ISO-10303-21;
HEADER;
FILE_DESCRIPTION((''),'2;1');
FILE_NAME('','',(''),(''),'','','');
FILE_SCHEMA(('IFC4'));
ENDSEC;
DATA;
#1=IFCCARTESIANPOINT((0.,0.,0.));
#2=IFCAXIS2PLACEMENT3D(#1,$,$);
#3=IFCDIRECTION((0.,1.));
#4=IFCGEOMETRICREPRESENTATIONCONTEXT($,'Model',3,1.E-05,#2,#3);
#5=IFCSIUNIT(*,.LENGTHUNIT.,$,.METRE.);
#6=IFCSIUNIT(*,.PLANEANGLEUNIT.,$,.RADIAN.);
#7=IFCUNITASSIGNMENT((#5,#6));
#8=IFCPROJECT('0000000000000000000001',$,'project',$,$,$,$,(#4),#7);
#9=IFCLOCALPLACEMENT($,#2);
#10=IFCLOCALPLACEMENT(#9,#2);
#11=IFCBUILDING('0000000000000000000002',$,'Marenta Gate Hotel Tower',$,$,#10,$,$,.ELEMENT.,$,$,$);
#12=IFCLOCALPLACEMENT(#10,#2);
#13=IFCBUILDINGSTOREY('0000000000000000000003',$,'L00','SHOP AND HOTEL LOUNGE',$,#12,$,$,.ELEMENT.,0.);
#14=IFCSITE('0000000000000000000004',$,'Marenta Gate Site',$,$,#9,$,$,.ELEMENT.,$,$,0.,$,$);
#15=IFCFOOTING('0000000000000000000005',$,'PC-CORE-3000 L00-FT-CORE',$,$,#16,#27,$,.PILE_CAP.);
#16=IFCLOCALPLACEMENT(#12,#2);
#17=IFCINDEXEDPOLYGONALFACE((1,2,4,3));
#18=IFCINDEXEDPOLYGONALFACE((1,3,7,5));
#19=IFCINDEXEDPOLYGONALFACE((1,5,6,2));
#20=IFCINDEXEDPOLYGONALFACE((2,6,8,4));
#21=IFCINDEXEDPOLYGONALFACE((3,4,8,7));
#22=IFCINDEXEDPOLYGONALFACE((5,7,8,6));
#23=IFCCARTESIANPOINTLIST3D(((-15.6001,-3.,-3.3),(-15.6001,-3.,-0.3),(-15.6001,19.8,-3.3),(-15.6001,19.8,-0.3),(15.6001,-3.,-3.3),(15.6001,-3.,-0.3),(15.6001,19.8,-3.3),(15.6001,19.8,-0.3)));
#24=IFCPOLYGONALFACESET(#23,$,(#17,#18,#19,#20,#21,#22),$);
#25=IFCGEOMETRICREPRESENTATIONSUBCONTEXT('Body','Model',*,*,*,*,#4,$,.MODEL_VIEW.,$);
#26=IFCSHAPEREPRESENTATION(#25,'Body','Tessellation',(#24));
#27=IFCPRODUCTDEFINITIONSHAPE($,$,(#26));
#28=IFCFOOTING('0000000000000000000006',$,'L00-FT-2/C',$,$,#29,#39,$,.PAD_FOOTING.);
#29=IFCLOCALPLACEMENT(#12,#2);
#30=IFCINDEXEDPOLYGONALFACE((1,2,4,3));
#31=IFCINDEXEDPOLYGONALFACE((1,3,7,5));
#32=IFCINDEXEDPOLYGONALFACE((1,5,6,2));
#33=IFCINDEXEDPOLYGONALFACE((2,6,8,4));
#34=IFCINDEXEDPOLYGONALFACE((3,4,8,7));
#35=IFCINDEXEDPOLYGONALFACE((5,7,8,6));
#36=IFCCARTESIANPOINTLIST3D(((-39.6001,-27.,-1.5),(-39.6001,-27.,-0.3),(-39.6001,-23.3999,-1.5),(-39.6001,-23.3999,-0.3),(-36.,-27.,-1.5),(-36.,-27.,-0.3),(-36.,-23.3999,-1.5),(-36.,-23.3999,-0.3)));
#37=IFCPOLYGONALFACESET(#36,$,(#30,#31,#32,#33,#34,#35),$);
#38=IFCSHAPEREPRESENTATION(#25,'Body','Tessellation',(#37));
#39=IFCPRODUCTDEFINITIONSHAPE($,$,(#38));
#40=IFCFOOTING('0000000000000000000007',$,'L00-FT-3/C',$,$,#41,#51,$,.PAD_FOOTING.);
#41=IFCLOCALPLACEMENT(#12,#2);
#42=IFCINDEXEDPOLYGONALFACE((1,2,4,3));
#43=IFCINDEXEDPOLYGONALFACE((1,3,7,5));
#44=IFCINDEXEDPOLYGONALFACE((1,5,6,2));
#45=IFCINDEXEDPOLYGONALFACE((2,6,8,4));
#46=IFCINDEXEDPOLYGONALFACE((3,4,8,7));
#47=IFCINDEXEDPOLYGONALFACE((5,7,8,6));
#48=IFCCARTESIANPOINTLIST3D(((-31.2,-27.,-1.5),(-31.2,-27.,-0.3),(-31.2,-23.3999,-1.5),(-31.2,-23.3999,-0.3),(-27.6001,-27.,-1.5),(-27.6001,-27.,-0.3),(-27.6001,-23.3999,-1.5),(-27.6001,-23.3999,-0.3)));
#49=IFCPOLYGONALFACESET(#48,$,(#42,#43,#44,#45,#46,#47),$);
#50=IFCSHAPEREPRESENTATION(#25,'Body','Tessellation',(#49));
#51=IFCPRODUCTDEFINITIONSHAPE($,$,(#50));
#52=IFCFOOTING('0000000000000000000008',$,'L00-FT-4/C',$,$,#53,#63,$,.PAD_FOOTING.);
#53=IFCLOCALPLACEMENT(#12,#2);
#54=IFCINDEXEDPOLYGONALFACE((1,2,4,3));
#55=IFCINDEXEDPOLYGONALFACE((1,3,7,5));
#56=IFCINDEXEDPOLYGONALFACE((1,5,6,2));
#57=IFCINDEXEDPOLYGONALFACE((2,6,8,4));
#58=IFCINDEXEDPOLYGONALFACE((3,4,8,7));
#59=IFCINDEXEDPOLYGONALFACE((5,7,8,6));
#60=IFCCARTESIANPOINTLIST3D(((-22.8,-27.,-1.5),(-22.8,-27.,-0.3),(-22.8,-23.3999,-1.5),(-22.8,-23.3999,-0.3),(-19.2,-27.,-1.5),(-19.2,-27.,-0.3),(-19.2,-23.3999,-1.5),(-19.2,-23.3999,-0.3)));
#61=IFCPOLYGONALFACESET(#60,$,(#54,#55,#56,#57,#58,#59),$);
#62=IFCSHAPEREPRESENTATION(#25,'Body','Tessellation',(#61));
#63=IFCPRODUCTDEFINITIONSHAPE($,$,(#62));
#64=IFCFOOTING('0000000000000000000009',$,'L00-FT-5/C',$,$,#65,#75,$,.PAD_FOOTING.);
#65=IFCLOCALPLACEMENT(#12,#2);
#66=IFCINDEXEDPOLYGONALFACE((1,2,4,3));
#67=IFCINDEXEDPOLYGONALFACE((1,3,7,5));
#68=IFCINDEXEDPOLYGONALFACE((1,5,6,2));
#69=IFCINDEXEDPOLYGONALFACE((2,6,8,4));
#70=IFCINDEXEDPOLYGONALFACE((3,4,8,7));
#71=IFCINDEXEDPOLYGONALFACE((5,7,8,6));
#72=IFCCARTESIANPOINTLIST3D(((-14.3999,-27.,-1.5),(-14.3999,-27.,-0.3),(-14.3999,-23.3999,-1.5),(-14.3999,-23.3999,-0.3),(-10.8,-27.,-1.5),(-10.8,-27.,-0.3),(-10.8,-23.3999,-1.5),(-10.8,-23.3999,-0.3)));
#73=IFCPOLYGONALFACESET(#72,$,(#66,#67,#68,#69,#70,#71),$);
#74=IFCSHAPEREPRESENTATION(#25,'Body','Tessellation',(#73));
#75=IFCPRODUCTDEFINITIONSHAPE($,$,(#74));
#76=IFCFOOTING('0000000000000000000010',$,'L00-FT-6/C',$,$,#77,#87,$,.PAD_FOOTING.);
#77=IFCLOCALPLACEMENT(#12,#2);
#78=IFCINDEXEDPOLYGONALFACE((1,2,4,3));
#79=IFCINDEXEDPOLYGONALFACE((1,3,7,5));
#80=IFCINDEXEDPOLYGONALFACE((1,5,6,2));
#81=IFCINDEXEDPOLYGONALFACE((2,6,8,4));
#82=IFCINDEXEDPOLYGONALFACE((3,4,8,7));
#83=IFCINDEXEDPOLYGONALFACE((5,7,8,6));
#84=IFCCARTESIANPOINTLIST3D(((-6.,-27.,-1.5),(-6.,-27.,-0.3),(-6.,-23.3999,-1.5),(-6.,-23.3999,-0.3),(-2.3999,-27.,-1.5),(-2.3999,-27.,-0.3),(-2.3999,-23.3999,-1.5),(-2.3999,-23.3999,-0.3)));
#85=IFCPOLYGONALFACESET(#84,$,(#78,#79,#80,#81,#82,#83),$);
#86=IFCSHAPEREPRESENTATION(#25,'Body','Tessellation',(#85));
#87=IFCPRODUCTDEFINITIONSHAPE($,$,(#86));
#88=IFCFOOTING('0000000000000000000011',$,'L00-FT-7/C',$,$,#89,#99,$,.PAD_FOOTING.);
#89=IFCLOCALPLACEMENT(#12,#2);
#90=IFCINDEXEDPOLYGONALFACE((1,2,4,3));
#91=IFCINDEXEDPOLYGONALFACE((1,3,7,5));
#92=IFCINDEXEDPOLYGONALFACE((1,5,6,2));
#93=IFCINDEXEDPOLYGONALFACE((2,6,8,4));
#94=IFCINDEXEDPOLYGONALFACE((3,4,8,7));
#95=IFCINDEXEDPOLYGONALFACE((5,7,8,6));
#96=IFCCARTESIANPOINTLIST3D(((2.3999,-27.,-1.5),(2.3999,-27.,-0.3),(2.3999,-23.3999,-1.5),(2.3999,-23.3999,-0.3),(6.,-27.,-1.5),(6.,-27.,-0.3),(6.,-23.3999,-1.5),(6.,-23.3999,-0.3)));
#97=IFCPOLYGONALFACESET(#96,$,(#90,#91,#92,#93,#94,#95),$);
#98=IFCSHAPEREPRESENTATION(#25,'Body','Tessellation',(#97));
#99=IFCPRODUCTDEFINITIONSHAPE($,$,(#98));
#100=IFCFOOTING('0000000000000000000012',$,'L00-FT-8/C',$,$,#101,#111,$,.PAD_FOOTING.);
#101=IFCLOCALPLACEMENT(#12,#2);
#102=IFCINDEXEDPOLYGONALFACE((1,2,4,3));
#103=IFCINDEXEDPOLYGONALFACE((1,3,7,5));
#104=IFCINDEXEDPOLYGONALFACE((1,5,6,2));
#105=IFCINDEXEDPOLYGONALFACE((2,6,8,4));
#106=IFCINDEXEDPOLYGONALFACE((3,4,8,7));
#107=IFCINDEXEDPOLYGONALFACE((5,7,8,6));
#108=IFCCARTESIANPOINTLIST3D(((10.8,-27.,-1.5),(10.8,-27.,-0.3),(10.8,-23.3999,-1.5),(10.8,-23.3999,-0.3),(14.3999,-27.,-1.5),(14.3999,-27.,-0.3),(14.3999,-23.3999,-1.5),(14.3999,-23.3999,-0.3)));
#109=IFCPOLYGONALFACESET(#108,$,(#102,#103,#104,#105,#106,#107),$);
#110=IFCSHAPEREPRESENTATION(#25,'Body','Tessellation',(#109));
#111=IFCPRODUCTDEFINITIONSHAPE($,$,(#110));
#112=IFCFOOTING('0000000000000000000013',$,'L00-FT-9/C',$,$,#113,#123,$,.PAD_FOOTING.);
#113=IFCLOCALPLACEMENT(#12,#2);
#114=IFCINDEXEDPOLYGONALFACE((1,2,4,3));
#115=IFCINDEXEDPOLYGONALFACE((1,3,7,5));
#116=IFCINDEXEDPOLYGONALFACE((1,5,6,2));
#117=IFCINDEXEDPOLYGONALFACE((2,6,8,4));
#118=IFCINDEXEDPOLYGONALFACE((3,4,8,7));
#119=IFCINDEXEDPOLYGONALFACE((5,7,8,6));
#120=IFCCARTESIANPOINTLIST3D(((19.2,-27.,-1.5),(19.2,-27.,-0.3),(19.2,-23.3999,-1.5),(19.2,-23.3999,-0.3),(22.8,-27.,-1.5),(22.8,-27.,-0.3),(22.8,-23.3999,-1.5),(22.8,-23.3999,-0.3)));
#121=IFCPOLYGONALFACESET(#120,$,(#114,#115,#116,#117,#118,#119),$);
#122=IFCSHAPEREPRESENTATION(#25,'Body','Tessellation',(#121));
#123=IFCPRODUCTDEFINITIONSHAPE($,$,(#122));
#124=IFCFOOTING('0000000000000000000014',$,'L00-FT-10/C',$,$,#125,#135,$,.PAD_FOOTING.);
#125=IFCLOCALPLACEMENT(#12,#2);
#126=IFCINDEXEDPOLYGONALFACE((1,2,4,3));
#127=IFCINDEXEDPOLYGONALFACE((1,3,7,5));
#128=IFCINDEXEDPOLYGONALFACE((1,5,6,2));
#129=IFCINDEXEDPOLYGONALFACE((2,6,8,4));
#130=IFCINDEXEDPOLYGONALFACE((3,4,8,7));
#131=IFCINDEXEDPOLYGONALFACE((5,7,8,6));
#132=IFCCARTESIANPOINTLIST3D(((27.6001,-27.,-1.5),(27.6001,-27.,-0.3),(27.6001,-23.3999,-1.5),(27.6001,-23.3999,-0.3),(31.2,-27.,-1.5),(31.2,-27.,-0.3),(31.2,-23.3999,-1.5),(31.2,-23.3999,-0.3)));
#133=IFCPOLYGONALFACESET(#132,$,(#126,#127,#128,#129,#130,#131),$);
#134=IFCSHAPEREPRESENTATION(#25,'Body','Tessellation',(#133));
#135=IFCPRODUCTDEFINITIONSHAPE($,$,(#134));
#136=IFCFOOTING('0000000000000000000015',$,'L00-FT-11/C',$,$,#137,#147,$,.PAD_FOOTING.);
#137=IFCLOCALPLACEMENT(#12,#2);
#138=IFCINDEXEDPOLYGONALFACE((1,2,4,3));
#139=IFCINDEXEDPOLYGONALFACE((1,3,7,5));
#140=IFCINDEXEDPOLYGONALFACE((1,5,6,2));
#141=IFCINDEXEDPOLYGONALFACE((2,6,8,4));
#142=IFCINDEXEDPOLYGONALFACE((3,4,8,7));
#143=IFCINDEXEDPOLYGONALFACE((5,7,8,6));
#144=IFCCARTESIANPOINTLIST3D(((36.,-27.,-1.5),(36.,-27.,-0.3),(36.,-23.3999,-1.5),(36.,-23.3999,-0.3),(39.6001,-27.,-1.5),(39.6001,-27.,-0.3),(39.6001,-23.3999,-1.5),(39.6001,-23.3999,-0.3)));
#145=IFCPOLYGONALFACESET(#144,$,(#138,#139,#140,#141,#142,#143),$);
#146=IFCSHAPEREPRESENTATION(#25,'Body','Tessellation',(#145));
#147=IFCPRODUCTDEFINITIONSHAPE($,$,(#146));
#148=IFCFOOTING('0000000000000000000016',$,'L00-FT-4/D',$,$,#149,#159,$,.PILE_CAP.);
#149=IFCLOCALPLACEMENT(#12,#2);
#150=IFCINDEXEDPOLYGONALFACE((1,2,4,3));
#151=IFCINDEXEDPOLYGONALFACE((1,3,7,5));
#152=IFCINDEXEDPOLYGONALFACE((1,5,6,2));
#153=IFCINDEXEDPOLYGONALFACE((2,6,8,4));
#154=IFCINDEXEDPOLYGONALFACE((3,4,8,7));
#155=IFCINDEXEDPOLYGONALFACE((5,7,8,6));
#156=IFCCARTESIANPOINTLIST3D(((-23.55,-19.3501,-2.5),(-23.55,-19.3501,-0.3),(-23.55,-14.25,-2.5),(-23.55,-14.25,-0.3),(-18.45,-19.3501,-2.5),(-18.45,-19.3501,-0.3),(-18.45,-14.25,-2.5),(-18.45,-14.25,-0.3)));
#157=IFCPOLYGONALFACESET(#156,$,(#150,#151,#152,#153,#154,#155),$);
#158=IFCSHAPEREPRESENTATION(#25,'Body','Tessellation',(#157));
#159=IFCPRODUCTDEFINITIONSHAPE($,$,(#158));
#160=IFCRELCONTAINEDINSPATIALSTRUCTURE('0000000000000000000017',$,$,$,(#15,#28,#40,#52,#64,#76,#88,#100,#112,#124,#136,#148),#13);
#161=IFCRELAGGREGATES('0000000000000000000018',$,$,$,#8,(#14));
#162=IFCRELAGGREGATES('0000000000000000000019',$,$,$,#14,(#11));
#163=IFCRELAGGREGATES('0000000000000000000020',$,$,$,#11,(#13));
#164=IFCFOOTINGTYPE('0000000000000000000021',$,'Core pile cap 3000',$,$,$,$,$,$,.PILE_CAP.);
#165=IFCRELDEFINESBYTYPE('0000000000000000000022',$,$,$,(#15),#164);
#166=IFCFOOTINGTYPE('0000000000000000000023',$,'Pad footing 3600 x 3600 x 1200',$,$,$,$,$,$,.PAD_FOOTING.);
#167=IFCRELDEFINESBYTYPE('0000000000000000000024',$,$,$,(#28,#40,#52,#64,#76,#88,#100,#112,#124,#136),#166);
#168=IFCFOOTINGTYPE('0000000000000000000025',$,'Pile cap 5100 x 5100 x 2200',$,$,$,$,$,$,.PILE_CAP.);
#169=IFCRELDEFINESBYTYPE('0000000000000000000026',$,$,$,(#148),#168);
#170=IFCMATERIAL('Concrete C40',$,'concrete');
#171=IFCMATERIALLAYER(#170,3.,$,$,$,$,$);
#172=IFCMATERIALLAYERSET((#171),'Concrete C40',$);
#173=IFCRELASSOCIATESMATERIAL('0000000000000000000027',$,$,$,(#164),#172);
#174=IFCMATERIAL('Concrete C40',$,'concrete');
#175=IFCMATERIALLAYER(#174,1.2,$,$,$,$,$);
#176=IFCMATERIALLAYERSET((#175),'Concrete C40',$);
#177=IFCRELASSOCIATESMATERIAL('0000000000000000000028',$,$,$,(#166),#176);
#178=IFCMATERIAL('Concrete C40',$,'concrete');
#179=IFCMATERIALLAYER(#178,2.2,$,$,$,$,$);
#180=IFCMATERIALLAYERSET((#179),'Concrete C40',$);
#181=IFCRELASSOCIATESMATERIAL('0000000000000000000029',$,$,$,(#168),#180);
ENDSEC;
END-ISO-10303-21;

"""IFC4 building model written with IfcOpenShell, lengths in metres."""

from ifc_helpers import new_model, si_unit, direction, frame, origin, place, context, subcontext, project, spatial, polyline, outline, extrude, material, layer, layer_set, type_object, element, save


model = new_model("IFC4")

# Units and contexts
model_context = context("Model", 3, precision=1e-05, world=origin(), true_north=direction((0.0, 1.0)))
body_context = subcontext(model_context, "Body", "Model", "MODEL_VIEW")
ifc_project = project(units=[si_unit("LENGTHUNIT", "METRE"), si_unit("PLANEANGLEUNIT", "RADIAN")], contexts=[model_context])

# Site, building, storey
site_placement = place(None, origin())
site = spatial("IfcSite", under=ifc_project, at=site_placement, Name="Marenta Gate Site", CompositionType="ELEMENT", RefElevation=0.0)
building_placement = place(site_placement, origin())
building = spatial("IfcBuilding", under=site, at=building_placement, Name="Marenta Gate Hotel Tower", CompositionType="ELEMENT")
storey_placement = place(building_placement, origin())
storey = spatial("IfcBuildingStorey", under=building, at=storey_placement, Name="L00", Description="SHOP AND HOTEL LOUNGE", CompositionType="ELEMENT", Elevation=0.0)

# Footings
ifc_material_1 = material(Name="Concrete C40", Category="concrete")
ifc_layer_1 = layer(ifc_material_1, 3.0)
ifc_layer_set_1 = layer_set([ifc_layer_1], Name="Concrete C40")
footing_type_1 = type_object("IfcFootingType", Name="Core pile cap 3000", PredefinedType="PILE_CAP", material=ifc_layer_set_1)
footing_1_placement = place(storey_placement, frame((0.0, 0.0, -3.3)))
element("IfcFooting", 1, at=footing_1_placement, inside=storey, type_object=footing_type_1, Name="PC-CORE-3000 L00-FT-CORE", PredefinedType="PILE_CAP", context=body_context, shape_type="SweptSolid", body=[
    extrude(outline(polyline([(-15.6001, -3.0), (15.6001, -3.0), (15.6001, 19.8), (-15.6001, 19.8), (-15.6001, -3.0)])), origin(), (0.0, 0.0, 1.0), 3.0),
])
ifc_material_2 = material(Name="Concrete C40", Category="concrete")
ifc_layer_2 = layer(ifc_material_2, 1.2)
ifc_layer_set_2 = layer_set([ifc_layer_2], Name="Concrete C40")
footing_type_2 = type_object("IfcFootingType", Name="Pad footing 3600 x 3600 x 1200", PredefinedType="PAD_FOOTING", material=ifc_layer_set_2)
footing_2_placement = place(storey_placement, frame((0.0, 0.0, -1.5)))
element("IfcFooting", 2, at=footing_2_placement, inside=storey, type_object=footing_type_2, Name="L00-FT-2/C", PredefinedType="PAD_FOOTING", context=body_context, shape_type="SweptSolid", body=[
    extrude(outline(polyline([(-39.6001, -27.0), (-36.0, -27.0), (-36.0, -23.3999), (-39.6001, -23.3999), (-39.6001, -27.0)])), origin(), (0.0, 0.0, 1.0), 1.2),
])
footing_3_placement = place(storey_placement, frame((0.0, 0.0, -1.5)))
element("IfcFooting", 3, at=footing_3_placement, inside=storey, type_object=footing_type_2, Name="L00-FT-3/C", PredefinedType="PAD_FOOTING", context=body_context, shape_type="SweptSolid", body=[
    extrude(outline(polyline([(-31.2, -27.0), (-27.6001, -27.0), (-27.6001, -23.3999), (-31.2, -23.3999), (-31.2, -27.0)])), origin(), (0.0, 0.0, 1.0), 1.2),
])
footing_4_placement = place(storey_placement, frame((0.0, 0.0, -1.5)))
element("IfcFooting", 4, at=footing_4_placement, inside=storey, type_object=footing_type_2, Name="L00-FT-4/C", PredefinedType="PAD_FOOTING", context=body_context, shape_type="SweptSolid", body=[
    extrude(outline(polyline([(-22.8, -27.0), (-19.2, -27.0), (-19.2, -23.3999), (-22.8, -23.3999), (-22.8, -27.0)])), origin(), (0.0, 0.0, 1.0), 1.2),
])
footing_5_placement = place(storey_placement, frame((0.0, 0.0, -1.5)))
element("IfcFooting", 5, at=footing_5_placement, inside=storey, type_object=footing_type_2, Name="L00-FT-5/C", PredefinedType="PAD_FOOTING", context=body_context, shape_type="SweptSolid", body=[
    extrude(outline(polyline([(-14.3999, -27.0), (-10.8, -27.0), (-10.8, -23.3999), (-14.3999, -23.3999), (-14.3999, -27.0)])), origin(), (0.0, 0.0, 1.0), 1.2),
])
footing_6_placement = place(storey_placement, frame((0.0, 0.0, -1.5)))
element("IfcFooting", 6, at=footing_6_placement, inside=storey, type_object=footing_type_2, Name="L00-FT-6/C", PredefinedType="PAD_FOOTING", context=body_context, shape_type="SweptSolid", body=[
    extrude(outline(polyline([(-6.0, -27.0), (-2.3999, -27.0), (-2.3999, -23.3999), (-6.0, -23.3999), (-6.0, -27.0)])), origin(), (0.0, 0.0, 1.0), 1.2),
])
footing_7_placement = place(storey_placement, frame((0.0, 0.0, -1.5)))
element("IfcFooting", 7, at=footing_7_placement, inside=storey, type_object=footing_type_2, Name="L00-FT-7/C", PredefinedType="PAD_FOOTING", context=body_context, shape_type="SweptSolid", body=[
    extrude(outline(polyline([(2.3999, -27.0), (6.0, -27.0), (6.0, -23.3999), (2.3999, -23.3999), (2.3999, -27.0)])), origin(), (0.0, 0.0, 1.0), 1.2),
])
footing_8_placement = place(storey_placement, frame((0.0, 0.0, -1.5)))
element("IfcFooting", 8, at=footing_8_placement, inside=storey, type_object=footing_type_2, Name="L00-FT-8/C", PredefinedType="PAD_FOOTING", context=body_context, shape_type="SweptSolid", body=[
    extrude(outline(polyline([(10.8, -27.0), (14.3999, -27.0), (14.3999, -23.3999), (10.8, -23.3999), (10.8, -27.0)])), origin(), (0.0, 0.0, 1.0), 1.2),
])
footing_9_placement = place(storey_placement, frame((0.0, 0.0, -1.5)))
element("IfcFooting", 9, at=footing_9_placement, inside=storey, type_object=footing_type_2, Name="L00-FT-9/C", PredefinedType="PAD_FOOTING", context=body_context, shape_type="SweptSolid", body=[
    extrude(outline(polyline([(19.2, -27.0), (22.8, -27.0), (22.8, -23.3999), (19.2, -23.3999), (19.2, -27.0)])), origin(), (0.0, 0.0, 1.0), 1.2),
])
footing_10_placement = place(storey_placement, frame((0.0, 0.0, -1.5)))
element("IfcFooting", 10, at=footing_10_placement, inside=storey, type_object=footing_type_2, Name="L00-FT-10/C", PredefinedType="PAD_FOOTING", context=body_context, shape_type="SweptSolid", body=[
    extrude(outline(polyline([(27.6001, -27.0), (31.2, -27.0), (31.2, -23.3999), (27.6001, -23.3999), (27.6001, -27.0)])), origin(), (0.0, 0.0, 1.0), 1.2),
])
footing_11_placement = place(storey_placement, frame((0.0, 0.0, -1.5)))
element("IfcFooting", 11, at=footing_11_placement, inside=storey, type_object=footing_type_2, Name="L00-FT-11/C", PredefinedType="PAD_FOOTING", context=body_context, shape_type="SweptSolid", body=[
    extrude(outline(polyline([(36.0, -27.0), (39.6001, -27.0), (39.6001, -23.3999), (36.0, -23.3999), (36.0, -27.0)])), origin(), (0.0, 0.0, 1.0), 1.2),
])
ifc_material_3 = material(Name="Concrete C40", Category="concrete")
ifc_layer_3 = layer(ifc_material_3, 2.2)
ifc_layer_set_3 = layer_set([ifc_layer_3], Name="Concrete C40")
footing_type_3 = type_object("IfcFootingType", Name="Pile cap 5100 x 5100 x 2200", PredefinedType="PILE_CAP", material=ifc_layer_set_3)
footing_12_placement = place(storey_placement, frame((0.0, 0.0, -2.5)))
element("IfcFooting", 12, at=footing_12_placement, inside=storey, type_object=footing_type_3, Name="L00-FT-4/D", PredefinedType="PILE_CAP", context=body_context, shape_type="SweptSolid", body=[
    extrude(outline(polyline([(-23.55, -19.3501), (-18.45, -19.3501), (-18.45, -14.25), (-23.55, -14.25), (-23.55, -19.3501)])), origin(), (0.0, 0.0, 1.0), 2.2),
])

save(model, "model.ifc")
